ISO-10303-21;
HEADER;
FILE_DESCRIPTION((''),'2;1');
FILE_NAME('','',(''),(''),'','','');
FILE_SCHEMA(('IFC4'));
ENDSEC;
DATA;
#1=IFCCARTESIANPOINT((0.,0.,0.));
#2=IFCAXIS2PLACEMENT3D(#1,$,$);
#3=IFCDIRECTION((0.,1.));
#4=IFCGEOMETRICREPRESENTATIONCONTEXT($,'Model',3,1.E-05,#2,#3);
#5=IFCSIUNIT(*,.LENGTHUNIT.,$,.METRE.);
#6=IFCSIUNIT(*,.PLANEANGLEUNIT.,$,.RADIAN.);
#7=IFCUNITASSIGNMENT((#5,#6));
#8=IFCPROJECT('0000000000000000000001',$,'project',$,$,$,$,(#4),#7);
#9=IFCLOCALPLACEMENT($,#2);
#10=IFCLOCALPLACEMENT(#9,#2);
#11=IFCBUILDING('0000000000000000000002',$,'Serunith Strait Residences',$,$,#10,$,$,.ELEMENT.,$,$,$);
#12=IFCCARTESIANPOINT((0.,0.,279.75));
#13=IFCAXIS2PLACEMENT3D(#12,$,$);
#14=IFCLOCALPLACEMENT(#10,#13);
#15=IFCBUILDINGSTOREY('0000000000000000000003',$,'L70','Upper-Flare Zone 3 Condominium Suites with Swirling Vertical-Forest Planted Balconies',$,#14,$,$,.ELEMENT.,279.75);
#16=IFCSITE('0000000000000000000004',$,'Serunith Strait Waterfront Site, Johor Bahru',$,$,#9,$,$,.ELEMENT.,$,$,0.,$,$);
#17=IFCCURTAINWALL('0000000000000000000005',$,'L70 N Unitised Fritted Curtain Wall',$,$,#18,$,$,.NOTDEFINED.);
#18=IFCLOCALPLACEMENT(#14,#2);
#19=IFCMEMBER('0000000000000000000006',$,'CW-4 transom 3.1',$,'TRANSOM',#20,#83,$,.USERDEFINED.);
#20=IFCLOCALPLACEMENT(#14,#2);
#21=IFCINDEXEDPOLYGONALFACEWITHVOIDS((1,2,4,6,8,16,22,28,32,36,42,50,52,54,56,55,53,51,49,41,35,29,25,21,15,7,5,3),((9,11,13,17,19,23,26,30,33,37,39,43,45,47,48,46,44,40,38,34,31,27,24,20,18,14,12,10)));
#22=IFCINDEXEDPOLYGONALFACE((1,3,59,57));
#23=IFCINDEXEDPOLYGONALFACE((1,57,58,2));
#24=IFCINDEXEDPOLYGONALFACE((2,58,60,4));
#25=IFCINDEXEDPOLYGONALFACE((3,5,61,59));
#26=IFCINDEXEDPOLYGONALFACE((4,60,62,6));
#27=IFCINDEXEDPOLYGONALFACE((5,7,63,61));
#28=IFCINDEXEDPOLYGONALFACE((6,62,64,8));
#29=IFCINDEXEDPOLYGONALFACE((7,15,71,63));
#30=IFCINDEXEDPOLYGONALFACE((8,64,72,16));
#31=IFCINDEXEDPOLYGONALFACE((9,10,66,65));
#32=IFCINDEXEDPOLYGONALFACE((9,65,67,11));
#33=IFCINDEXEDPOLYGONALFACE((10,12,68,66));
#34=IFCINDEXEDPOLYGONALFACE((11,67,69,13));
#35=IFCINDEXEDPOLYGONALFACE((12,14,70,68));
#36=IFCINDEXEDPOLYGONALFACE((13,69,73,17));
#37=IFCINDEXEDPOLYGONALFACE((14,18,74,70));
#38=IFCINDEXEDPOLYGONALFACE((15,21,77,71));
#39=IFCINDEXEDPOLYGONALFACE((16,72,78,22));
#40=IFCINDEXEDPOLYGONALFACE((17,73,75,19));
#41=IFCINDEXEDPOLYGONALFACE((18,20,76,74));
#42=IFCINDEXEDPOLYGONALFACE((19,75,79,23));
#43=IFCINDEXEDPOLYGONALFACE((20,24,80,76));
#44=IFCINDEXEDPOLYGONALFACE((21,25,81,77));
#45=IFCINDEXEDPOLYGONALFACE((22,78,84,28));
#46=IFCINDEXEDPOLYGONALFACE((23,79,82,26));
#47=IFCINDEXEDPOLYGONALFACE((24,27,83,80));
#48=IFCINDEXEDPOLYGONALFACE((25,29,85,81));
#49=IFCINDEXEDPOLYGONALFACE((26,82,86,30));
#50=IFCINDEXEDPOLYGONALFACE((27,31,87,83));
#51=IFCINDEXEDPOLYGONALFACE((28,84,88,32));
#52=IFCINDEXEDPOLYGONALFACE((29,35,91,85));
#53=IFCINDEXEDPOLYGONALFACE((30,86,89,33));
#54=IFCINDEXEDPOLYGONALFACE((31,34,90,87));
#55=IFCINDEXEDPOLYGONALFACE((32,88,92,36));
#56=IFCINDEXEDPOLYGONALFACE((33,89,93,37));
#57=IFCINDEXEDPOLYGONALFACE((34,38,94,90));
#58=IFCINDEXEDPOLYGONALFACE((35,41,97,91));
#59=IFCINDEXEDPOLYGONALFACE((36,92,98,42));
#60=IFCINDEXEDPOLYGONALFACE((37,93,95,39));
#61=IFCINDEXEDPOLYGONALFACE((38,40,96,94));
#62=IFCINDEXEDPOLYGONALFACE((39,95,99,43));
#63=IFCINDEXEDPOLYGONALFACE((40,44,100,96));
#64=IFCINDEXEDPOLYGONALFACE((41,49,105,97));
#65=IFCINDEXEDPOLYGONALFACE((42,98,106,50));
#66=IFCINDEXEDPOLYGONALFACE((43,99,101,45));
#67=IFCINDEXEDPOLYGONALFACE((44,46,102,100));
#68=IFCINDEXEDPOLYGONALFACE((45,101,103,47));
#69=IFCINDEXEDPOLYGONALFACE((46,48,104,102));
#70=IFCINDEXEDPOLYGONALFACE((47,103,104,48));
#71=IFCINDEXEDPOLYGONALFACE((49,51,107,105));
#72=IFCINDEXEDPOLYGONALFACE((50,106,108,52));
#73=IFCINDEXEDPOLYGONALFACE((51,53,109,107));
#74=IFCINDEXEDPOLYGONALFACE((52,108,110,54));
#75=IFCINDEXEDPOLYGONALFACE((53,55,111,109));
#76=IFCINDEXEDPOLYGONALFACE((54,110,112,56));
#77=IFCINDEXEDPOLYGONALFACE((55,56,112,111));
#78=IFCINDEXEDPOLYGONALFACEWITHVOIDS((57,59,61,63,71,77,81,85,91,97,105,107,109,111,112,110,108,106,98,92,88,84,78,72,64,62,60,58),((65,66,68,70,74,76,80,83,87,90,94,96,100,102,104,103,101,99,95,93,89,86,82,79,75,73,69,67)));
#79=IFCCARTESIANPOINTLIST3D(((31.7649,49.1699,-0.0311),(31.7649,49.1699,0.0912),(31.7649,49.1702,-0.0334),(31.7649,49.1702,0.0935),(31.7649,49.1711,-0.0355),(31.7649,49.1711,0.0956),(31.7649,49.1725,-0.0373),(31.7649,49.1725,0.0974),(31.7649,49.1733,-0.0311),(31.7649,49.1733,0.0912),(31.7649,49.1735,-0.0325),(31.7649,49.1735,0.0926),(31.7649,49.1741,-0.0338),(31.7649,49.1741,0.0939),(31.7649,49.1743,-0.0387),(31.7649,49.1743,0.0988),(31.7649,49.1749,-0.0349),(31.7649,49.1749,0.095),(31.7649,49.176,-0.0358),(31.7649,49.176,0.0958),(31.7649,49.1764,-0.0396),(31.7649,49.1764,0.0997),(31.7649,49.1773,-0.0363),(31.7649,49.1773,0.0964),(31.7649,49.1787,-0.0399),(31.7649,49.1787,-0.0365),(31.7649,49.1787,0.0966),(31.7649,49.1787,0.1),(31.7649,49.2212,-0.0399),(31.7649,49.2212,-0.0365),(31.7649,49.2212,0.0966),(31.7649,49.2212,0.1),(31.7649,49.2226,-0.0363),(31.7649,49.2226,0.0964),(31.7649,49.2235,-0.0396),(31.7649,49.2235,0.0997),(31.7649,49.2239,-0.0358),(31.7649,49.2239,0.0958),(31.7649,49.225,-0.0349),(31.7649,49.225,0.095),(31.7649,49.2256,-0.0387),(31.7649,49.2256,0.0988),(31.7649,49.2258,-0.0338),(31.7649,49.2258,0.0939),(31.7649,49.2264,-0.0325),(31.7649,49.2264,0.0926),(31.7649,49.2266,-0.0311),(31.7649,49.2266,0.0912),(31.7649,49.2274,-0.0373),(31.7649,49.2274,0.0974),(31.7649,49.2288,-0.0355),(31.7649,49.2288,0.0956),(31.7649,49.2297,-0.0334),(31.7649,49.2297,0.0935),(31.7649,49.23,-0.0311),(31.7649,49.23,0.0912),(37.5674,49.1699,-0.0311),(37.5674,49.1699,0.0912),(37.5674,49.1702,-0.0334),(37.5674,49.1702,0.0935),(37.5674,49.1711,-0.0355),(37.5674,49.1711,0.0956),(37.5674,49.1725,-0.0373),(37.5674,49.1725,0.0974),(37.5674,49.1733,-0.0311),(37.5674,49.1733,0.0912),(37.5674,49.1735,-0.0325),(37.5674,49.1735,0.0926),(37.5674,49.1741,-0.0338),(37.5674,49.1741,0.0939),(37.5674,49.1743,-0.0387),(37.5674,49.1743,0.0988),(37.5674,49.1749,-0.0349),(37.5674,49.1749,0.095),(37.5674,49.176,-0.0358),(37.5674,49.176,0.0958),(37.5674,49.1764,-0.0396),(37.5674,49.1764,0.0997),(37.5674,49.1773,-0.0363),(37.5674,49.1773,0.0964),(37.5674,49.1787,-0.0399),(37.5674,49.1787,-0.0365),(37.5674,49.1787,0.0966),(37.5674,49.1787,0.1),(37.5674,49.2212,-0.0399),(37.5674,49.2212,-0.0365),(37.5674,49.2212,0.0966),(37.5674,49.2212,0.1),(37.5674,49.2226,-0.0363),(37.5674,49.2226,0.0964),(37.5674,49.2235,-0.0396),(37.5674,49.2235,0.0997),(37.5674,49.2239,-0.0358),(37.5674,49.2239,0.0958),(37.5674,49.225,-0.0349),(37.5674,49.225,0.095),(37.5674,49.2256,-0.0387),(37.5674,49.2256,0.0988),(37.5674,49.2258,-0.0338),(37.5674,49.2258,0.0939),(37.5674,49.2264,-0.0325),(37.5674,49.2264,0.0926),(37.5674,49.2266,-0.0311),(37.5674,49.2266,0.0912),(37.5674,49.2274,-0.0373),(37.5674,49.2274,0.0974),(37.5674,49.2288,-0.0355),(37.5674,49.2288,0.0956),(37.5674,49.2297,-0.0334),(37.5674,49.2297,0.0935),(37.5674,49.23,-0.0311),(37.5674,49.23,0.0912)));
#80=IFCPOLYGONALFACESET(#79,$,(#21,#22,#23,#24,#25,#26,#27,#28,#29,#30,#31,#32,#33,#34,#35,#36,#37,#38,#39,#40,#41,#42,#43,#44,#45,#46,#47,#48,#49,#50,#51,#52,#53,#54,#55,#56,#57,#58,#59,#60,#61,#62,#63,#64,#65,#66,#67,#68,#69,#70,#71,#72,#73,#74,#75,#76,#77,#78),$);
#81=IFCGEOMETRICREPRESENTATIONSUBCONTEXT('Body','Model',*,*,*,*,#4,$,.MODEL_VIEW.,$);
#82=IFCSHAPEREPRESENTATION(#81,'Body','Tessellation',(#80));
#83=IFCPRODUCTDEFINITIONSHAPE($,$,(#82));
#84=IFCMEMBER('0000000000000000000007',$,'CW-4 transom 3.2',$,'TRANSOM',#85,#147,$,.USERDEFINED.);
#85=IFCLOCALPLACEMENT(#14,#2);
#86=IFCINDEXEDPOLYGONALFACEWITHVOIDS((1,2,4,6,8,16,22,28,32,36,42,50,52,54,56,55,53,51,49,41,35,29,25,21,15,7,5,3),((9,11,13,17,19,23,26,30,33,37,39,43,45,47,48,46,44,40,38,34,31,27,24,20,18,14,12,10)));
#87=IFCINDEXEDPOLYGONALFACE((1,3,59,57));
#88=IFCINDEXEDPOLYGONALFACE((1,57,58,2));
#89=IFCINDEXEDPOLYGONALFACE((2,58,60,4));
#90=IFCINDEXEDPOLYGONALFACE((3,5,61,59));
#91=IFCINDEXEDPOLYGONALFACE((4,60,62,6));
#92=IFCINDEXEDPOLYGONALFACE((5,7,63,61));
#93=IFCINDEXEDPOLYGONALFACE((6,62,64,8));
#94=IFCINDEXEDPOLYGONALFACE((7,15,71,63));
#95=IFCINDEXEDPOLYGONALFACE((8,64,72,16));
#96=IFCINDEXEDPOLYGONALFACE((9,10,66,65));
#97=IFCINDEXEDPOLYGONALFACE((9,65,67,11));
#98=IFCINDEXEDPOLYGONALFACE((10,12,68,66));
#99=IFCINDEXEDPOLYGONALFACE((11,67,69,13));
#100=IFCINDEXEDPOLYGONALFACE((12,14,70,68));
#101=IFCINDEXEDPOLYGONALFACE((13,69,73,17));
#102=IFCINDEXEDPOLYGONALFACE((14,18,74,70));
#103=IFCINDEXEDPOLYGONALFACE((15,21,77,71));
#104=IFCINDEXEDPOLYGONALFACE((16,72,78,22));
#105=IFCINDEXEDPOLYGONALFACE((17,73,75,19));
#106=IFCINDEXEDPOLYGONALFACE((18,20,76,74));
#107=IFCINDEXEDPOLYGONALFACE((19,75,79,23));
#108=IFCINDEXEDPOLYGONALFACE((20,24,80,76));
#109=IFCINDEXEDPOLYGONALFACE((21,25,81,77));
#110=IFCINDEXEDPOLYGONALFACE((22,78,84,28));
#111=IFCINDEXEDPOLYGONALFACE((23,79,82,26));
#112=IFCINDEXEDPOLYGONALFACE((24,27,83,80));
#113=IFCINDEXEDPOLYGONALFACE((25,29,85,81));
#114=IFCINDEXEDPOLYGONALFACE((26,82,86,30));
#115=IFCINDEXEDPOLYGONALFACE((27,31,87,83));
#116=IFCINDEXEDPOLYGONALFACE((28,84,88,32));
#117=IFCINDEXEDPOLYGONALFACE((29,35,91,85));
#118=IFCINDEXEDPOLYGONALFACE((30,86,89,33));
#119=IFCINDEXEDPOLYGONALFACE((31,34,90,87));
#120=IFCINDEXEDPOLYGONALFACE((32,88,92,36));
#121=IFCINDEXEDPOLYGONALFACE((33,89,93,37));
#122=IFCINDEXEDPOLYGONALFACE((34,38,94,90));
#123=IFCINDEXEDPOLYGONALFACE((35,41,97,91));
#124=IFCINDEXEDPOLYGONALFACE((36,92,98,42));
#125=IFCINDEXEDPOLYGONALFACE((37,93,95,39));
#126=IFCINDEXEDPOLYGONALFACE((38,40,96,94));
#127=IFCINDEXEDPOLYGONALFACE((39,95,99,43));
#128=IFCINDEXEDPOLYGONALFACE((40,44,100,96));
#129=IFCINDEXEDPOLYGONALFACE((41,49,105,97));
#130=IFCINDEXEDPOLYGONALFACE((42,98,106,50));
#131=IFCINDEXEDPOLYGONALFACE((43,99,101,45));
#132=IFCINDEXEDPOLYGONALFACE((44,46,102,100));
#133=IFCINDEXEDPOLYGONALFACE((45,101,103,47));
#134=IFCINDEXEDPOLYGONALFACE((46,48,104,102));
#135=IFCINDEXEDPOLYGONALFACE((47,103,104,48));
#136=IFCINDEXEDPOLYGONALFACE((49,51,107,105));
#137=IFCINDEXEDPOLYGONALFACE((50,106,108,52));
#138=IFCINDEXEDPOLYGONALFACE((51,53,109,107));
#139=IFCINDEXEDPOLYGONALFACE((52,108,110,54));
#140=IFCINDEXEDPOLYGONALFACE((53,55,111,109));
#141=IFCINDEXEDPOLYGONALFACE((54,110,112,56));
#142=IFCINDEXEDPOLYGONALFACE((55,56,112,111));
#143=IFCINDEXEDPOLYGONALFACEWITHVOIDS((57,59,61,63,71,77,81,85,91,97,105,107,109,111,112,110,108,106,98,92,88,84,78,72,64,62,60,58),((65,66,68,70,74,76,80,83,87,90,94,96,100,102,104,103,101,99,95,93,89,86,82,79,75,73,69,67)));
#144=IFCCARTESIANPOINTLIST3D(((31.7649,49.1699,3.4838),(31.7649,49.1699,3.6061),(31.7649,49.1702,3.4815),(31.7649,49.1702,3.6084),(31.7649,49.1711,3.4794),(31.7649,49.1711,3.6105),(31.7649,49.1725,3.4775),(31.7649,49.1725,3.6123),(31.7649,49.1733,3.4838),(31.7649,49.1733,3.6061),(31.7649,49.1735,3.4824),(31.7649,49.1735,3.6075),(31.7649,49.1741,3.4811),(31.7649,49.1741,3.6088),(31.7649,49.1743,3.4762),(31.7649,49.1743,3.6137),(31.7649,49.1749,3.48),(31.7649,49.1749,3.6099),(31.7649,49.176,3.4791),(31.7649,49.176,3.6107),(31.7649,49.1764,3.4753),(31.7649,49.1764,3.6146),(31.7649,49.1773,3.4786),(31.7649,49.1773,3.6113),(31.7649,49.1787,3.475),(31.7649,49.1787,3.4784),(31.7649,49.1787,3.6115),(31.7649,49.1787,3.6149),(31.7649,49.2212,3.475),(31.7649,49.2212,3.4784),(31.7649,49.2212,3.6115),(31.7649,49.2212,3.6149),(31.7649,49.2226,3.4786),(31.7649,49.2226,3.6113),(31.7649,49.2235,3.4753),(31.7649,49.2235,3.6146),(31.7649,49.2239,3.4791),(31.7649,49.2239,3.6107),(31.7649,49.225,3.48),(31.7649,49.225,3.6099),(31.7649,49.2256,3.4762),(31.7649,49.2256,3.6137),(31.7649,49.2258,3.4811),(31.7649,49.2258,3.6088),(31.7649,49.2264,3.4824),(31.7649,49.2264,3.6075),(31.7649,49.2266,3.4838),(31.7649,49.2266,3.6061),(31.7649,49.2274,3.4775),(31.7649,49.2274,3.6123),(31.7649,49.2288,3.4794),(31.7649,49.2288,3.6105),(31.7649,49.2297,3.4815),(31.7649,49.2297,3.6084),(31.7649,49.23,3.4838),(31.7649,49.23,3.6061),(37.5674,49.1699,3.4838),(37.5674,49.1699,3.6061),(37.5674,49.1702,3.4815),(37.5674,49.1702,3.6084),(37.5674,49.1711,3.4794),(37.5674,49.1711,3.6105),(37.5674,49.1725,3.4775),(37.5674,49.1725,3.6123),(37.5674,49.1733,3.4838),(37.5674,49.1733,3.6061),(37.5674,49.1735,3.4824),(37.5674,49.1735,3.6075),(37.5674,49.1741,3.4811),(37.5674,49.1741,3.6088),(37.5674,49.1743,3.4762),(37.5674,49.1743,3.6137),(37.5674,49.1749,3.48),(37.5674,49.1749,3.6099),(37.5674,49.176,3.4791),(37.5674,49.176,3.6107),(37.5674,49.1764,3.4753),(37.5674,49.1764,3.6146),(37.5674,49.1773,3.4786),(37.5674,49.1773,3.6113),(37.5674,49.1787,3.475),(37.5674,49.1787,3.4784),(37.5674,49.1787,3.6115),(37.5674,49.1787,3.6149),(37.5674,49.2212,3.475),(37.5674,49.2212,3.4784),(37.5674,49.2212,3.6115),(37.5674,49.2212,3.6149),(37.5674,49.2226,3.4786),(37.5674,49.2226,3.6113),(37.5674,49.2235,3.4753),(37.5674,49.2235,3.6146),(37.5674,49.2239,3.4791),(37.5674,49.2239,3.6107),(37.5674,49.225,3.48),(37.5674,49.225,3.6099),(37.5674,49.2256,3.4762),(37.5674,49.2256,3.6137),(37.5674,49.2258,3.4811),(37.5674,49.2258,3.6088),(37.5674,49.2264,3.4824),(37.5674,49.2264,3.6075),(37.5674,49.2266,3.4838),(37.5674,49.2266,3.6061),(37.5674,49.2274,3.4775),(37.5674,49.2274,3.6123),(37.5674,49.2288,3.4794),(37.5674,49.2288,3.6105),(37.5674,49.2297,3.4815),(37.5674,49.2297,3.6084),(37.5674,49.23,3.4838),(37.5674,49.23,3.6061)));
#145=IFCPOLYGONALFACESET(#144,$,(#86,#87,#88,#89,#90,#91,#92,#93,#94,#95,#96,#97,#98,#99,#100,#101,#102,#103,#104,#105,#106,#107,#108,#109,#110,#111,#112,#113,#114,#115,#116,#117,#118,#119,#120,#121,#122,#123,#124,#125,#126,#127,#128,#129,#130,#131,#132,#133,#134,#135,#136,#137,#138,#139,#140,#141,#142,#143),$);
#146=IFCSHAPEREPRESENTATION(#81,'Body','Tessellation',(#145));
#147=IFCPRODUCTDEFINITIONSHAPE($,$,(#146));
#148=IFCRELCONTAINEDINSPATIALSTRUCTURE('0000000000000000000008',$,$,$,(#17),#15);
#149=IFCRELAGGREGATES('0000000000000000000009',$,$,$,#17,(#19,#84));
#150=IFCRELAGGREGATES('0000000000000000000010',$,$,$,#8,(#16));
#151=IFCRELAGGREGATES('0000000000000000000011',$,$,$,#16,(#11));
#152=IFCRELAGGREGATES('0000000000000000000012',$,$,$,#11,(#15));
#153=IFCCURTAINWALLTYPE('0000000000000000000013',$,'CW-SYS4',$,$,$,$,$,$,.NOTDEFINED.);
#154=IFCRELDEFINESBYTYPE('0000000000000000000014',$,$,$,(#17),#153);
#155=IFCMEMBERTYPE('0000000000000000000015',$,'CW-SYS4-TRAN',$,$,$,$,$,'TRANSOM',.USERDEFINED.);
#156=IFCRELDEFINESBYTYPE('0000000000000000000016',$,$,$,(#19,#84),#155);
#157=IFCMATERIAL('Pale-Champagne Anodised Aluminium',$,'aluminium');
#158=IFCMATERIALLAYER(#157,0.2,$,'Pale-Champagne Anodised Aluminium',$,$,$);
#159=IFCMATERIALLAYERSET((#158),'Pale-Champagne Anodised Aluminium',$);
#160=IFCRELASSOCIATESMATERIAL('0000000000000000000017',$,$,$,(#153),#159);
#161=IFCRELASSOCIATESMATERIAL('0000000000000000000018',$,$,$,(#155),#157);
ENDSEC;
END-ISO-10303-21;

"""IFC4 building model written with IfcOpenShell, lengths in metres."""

from ifc_helpers import new_model, si_unit, direction, frame, origin, origin_2d, place, context, subcontext, project, spatial, hollow_rectangle, extrude, source, transform, mapped, material, layer, layer_set, material_profile, profile_set, type_object, element, aggregate, save


model = new_model("IFC4")

# Units and contexts
model_context = context("Model", 3, precision=1e-05, world=origin(), true_north=direction((0.0, 1.0)))
body_context = subcontext(model_context, "Body", "Model", "MODEL_VIEW")
ifc_project = project(units=[si_unit("LENGTHUNIT", "METRE"), si_unit("PLANEANGLEUNIT", "RADIAN")], contexts=[model_context])

# Site, building, storey
site_placement = place(None, origin())
site = spatial("IfcSite", under=ifc_project, at=site_placement, Name="Serunith Strait Waterfront Site, Johor Bahru", CompositionType="ELEMENT", RefElevation=0.0)
building_placement = place(site_placement, origin())
building = spatial("IfcBuilding", under=site, at=building_placement, Name="Serunith Strait Residences", CompositionType="ELEMENT")
storey_placement = place(building_placement, frame((0.0, 0.0, 279.75)))
storey = spatial("IfcBuildingStorey", under=building, at=storey_placement, Name="L70", Description="Upper-Flare Zone 3 Condominium Suites with Swirling Vertical-Forest Planted Balconies", CompositionType="ELEMENT", Elevation=279.75)

# Curtain wall, members
ifc_material_1 = material(Name="Pale-Champagne Anodised Aluminium", Category="aluminium")
ifc_layer_1 = layer(ifc_material_1, 0.2, Name="Pale-Champagne Anodised Aluminium")
ifc_layer_set_1 = layer_set([ifc_layer_1], Name="Pale-Champagne Anodised Aluminium")
curtain_wall_type = type_object("IfcCurtainWallType", Name="CW-SYS4", PredefinedType="NOTDEFINED", material=ifc_layer_set_1)
curtain_wall_placement = place(storey_placement, origin())
curtain_wall = element("IfcCurtainWall", 1, at=curtain_wall_placement, inside=storey, type_object=curtain_wall_type, Name="L70 N Unitised Fritted Curtain Wall", PredefinedType="NOTDEFINED")
ifc_material_profile_1 = material_profile(ifc_material_1, hollow_rectangle(XDim=0.0601, YDim=0.1399, WallThickness=0.0034, InnerFilletRadius=0.0054, OuterFilletRadius=0.0088, at=origin_2d()), Name="ALU 140x60x3.5")
ifc_profile_set_1 = profile_set([ifc_material_profile_1], Name="Pale-Champagne Anodised Aluminium")
member_type_1 = type_object("IfcMemberType", Name="CW-SYS4-TRAN", ElementType="TRANSOM", PredefinedType="USERDEFINED", material=ifc_profile_set_1)
shared_shape_1 = source(origin(), body_context, "Body", "SweptSolid", [
    extrude(hollow_rectangle(XDim=0.0601, YDim=0.1399, WallThickness=0.0034, InnerFilletRadius=0.0054, OuterFilletRadius=0.0088, at=origin_2d()), origin(), (0.0, 0.0, 1.0), 5.8025),
])
member_1_placement = place(storey_placement, frame((37.5674, 49.2, 0.03), z_axis=(-1.0, 0.0, 0.0), x_axis=(0.0, -1.0, 0.0)))
member_1 = element("IfcMember", 2, at=member_1_placement, type_object=member_type_1, Name="CW-4 transom 3.1", ObjectType="TRANSOM", PredefinedType="USERDEFINED", context=body_context, shape_type="MappedRepresentation", body=[
    mapped(shared_shape_1, transform((0.0, 0.0, 0.0), scale=1.0)),
])
member_2_placement = place(storey_placement, frame((37.5674, 49.2, 3.5449), z_axis=(-1.0, 0.0, 0.0), x_axis=(0.0, -1.0, 0.0)))
member_2 = element("IfcMember", 3, at=member_2_placement, type_object=member_type_1, Name="CW-4 transom 3.2", ObjectType="TRANSOM", PredefinedType="USERDEFINED", context=body_context, shape_type="MappedRepresentation", body=[
    mapped(shared_shape_1, transform((0.0, 0.0, 0.0), scale=1.0)),
])
aggregate(curtain_wall, [member_1, member_2])

save(model, "model.ifc")
